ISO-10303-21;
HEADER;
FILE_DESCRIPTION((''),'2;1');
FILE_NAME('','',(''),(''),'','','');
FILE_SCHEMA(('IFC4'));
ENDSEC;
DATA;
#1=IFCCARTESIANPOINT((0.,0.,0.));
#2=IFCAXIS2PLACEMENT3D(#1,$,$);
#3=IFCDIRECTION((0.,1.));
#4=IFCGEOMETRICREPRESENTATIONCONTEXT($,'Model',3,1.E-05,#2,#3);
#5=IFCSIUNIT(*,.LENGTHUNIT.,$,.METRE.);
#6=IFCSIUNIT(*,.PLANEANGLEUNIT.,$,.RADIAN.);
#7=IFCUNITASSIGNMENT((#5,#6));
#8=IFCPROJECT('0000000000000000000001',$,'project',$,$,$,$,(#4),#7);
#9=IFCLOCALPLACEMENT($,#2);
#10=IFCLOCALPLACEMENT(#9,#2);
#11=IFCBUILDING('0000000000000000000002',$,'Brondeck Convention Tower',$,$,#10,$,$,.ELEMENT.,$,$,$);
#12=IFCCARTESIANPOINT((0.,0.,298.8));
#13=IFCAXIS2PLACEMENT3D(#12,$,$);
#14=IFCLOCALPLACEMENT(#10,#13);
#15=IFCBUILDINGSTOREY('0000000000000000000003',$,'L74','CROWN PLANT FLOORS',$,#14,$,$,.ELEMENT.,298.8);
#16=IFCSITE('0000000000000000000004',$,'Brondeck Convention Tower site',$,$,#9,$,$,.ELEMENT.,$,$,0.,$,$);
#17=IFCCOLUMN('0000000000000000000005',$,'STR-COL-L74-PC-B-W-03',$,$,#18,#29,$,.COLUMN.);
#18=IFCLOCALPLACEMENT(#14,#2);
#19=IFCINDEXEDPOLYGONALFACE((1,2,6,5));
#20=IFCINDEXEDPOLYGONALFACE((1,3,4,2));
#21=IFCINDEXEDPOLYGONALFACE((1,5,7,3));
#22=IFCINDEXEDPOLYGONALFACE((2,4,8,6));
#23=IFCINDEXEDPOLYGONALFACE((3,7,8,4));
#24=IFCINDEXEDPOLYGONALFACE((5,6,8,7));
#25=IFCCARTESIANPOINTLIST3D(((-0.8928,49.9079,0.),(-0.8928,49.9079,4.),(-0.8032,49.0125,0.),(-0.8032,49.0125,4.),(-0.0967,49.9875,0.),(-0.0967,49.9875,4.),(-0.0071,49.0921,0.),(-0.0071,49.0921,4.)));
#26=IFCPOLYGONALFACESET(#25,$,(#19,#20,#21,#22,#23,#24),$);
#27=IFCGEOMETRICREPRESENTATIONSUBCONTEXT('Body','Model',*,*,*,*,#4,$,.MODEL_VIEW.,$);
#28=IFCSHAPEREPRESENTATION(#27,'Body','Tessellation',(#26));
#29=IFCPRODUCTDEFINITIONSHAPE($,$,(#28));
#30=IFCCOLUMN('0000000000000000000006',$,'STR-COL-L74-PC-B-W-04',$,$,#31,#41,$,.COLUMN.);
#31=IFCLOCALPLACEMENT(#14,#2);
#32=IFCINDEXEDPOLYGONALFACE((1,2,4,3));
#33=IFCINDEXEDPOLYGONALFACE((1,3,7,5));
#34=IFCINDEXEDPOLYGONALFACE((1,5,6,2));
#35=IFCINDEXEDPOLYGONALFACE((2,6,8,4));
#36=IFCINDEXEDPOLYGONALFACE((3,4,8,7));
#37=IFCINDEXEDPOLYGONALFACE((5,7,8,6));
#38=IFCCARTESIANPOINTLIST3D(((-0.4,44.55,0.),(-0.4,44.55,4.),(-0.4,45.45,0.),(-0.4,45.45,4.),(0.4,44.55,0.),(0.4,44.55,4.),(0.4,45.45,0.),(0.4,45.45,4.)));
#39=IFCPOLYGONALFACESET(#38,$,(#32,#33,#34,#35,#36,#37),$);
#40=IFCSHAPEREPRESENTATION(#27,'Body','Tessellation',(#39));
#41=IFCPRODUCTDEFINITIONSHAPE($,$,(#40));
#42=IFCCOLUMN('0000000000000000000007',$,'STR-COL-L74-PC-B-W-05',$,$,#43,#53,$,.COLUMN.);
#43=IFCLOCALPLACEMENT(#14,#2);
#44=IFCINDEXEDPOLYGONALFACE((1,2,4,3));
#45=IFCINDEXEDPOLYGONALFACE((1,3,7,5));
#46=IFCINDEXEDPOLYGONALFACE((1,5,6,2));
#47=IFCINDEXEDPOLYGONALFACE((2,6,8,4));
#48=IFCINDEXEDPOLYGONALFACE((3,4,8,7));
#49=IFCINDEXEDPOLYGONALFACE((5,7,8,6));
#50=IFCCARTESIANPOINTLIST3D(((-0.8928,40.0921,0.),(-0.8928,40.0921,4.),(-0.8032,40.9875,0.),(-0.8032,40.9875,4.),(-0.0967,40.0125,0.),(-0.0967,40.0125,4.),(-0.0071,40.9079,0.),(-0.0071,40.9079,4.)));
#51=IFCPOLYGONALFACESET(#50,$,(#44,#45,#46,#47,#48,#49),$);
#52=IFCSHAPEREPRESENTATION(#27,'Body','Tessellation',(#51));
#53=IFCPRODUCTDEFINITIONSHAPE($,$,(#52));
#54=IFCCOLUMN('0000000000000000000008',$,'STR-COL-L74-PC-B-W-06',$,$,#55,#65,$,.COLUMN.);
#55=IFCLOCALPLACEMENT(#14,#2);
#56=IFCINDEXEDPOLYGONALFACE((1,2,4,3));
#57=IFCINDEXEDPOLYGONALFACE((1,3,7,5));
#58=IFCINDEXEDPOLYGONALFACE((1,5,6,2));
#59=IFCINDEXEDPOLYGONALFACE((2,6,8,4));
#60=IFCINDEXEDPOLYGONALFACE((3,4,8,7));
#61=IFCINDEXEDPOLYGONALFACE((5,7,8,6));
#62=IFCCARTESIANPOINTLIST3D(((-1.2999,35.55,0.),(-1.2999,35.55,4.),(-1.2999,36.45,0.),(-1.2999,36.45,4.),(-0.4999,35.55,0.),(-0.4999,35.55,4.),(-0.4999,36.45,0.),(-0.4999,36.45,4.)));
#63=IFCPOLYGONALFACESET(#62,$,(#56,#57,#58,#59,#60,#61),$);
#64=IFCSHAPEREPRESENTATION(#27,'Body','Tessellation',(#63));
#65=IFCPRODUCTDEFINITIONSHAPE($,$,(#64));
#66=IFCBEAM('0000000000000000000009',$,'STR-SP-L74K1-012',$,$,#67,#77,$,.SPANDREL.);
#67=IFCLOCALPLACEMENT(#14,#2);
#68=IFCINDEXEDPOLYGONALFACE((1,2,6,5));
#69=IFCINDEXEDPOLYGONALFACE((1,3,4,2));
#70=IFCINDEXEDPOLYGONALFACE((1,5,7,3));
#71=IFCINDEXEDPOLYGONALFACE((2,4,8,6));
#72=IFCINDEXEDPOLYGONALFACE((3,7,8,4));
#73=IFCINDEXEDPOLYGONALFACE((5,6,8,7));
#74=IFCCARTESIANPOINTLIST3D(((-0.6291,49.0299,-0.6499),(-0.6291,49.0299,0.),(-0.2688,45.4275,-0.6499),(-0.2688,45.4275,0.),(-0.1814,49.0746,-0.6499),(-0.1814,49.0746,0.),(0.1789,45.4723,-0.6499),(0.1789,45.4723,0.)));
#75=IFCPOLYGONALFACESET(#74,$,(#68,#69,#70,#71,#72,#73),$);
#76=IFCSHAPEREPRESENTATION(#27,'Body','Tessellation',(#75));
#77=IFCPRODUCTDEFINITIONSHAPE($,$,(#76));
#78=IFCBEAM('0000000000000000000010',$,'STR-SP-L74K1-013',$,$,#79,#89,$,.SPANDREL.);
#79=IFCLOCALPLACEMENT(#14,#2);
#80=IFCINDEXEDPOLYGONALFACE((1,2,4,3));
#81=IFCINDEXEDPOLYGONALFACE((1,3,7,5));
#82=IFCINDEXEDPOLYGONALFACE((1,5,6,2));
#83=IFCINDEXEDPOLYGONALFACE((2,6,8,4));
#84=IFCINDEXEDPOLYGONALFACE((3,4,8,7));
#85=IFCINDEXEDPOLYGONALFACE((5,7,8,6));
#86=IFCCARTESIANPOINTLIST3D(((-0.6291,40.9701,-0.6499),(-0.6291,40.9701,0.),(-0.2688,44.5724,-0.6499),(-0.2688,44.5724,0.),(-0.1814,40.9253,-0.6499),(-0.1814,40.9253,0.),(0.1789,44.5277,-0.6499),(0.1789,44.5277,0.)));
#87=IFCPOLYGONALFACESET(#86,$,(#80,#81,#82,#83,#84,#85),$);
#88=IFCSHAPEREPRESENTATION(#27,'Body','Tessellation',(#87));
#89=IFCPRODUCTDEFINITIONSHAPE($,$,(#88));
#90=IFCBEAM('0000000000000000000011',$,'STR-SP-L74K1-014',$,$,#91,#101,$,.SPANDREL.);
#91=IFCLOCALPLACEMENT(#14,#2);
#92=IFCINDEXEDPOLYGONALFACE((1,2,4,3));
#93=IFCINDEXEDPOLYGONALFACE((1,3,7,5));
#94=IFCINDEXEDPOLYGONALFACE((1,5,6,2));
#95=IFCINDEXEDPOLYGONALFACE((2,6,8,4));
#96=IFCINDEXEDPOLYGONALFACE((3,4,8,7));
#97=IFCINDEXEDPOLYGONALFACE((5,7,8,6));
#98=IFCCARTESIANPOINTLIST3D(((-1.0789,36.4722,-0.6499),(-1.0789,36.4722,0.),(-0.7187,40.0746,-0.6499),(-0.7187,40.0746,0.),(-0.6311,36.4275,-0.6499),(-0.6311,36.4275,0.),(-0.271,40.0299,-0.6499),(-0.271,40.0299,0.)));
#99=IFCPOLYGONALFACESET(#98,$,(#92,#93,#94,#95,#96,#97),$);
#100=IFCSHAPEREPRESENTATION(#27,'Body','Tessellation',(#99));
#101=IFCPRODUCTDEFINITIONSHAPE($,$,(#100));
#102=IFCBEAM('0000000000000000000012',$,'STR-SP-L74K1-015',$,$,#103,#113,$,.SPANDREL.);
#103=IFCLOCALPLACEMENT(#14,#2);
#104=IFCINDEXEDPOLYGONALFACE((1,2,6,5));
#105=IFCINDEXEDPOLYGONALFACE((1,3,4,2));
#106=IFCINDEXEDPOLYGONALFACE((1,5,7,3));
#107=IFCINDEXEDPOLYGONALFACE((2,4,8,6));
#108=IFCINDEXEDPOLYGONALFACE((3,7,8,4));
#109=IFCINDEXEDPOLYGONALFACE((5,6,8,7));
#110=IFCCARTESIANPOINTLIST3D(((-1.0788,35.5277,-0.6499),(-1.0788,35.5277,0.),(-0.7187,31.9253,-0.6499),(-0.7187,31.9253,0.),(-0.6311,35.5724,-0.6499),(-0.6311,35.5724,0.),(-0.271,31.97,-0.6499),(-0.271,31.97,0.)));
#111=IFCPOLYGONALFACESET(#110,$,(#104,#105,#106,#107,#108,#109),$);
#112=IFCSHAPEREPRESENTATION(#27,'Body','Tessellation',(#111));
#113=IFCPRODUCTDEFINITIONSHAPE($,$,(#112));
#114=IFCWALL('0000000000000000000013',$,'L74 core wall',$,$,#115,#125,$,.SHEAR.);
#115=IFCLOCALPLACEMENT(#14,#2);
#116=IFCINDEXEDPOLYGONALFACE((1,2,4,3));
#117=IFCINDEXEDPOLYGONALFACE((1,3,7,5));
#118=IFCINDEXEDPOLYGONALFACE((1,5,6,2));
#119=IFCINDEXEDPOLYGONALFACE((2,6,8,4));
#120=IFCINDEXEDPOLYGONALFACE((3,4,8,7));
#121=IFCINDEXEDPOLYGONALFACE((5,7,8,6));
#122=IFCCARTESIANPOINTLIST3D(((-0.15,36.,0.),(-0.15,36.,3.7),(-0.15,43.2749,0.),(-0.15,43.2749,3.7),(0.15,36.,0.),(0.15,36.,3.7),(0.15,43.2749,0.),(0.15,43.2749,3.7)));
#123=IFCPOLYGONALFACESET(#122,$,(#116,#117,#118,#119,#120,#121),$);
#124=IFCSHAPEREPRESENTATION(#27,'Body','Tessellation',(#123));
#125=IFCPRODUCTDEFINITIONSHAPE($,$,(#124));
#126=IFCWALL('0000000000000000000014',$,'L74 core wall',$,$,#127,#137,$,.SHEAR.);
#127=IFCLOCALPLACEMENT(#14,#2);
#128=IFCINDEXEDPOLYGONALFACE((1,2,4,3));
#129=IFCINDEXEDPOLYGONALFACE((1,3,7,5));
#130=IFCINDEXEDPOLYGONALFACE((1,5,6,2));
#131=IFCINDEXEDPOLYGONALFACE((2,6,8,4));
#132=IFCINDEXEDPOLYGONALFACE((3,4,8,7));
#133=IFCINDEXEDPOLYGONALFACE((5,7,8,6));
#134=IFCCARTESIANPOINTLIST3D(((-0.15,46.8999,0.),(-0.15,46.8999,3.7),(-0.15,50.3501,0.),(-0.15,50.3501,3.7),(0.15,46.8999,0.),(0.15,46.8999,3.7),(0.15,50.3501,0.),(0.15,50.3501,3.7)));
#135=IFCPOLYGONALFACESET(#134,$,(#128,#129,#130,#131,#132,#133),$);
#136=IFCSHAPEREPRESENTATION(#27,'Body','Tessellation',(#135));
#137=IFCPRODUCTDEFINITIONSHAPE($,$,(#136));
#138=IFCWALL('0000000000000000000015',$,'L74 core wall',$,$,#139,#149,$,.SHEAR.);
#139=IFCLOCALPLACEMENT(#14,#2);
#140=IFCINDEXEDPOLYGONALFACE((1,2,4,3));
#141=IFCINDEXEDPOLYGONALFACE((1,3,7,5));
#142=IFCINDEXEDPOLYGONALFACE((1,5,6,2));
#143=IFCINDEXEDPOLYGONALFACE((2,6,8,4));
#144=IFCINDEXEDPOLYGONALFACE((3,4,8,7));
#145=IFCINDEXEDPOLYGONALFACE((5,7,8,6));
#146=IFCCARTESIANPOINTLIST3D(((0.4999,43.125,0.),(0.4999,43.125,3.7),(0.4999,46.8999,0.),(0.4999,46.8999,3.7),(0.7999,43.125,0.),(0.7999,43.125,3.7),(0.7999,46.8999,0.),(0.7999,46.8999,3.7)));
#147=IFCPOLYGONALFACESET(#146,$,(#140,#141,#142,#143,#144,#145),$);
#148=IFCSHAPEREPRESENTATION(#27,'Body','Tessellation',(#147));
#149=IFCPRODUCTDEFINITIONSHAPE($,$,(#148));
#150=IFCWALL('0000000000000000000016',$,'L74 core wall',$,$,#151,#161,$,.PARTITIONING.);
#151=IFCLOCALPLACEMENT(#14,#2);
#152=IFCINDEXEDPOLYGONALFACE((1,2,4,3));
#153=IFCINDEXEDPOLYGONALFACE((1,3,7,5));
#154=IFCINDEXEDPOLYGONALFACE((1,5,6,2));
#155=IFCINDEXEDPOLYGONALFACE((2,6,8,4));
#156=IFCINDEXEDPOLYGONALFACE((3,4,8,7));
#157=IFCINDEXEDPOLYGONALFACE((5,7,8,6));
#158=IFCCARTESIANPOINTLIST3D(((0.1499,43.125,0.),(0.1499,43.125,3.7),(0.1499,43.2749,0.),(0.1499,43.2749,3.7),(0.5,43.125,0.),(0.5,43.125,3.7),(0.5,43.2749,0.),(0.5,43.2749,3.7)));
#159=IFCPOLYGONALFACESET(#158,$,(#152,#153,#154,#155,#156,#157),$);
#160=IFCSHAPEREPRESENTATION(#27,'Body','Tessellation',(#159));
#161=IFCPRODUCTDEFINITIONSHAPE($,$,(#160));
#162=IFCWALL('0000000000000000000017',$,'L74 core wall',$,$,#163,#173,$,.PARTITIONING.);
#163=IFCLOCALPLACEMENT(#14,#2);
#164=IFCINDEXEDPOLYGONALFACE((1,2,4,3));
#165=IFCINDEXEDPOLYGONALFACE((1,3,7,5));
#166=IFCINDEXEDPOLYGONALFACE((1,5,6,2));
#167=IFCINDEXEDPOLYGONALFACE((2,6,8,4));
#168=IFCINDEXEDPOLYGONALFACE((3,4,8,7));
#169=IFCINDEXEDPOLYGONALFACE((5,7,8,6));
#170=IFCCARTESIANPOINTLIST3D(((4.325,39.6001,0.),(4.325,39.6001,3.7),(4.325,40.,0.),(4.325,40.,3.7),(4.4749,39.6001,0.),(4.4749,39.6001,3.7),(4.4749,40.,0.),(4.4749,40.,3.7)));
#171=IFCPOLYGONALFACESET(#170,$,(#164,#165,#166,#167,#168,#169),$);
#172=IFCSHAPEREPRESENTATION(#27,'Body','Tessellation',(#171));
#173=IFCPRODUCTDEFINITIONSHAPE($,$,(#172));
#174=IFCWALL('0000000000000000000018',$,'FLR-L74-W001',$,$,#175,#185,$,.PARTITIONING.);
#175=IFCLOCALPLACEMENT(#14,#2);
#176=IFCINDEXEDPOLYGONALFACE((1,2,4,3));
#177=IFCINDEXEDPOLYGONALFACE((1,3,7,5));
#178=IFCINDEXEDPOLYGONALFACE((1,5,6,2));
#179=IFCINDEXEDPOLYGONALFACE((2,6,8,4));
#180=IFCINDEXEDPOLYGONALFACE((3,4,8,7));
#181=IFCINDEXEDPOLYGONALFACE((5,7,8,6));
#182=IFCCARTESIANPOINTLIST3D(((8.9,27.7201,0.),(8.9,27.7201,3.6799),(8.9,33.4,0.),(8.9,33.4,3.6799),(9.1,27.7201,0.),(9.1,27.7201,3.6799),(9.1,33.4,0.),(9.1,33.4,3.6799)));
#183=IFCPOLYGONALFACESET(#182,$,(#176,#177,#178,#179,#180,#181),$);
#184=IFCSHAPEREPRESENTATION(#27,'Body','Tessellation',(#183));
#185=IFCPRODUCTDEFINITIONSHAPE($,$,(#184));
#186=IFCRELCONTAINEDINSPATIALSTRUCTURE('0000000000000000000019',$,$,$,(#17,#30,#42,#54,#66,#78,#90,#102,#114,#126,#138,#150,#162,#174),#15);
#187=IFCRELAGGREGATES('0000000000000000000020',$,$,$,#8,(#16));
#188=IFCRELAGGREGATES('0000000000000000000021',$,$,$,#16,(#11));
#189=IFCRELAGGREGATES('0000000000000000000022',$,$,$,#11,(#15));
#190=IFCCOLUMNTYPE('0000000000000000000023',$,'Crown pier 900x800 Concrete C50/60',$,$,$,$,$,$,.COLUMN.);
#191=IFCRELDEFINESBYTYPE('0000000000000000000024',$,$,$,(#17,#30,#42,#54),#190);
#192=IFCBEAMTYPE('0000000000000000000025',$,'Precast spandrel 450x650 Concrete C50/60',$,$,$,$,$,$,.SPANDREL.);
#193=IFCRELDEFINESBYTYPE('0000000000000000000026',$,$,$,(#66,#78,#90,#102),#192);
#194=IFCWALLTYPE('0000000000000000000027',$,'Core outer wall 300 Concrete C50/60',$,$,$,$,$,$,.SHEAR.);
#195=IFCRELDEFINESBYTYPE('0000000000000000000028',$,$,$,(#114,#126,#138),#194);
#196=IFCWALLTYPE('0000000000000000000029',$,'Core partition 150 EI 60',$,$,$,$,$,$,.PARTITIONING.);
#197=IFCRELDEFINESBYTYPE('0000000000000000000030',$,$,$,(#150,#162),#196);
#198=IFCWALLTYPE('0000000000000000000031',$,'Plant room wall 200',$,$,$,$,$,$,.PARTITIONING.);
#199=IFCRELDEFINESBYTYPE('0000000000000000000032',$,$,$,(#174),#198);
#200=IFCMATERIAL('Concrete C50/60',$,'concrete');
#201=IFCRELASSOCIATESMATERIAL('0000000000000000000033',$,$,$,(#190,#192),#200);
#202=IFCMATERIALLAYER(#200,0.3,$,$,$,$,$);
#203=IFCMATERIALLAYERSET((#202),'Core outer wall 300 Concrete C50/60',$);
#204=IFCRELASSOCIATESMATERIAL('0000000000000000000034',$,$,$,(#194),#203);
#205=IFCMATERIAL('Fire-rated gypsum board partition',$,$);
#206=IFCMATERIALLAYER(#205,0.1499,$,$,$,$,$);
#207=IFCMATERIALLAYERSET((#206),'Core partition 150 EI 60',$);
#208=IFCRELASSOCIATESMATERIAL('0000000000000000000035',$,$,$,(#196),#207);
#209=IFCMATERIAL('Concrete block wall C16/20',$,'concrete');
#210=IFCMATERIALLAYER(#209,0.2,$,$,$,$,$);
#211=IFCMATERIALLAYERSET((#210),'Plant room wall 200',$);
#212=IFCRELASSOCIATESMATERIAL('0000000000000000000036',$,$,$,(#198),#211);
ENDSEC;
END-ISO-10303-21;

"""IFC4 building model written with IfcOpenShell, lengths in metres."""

from ifc_helpers import new_model, si_unit, direction, frame, frame_2d, origin, origin_2d, place, context, subcontext, project, spatial, rectangle, extrude, material, layer, layer_set, material_profile, profile_set, type_object, element, save


model = new_model("IFC4")

# Units and contexts
model_context = context("Model", 3, precision=1e-05, world=origin(), true_north=direction((0.0, 1.0)))
body_context = subcontext(model_context, "Body", "Model", "MODEL_VIEW")
ifc_project = project(units=[si_unit("LENGTHUNIT", "METRE"), si_unit("PLANEANGLEUNIT", "RADIAN")], contexts=[model_context])

# Site, building, storey
site_placement = place(None, origin())
site = spatial("IfcSite", under=ifc_project, at=site_placement, Name="Brondeck Convention Tower site", CompositionType="ELEMENT", RefElevation=0.0)
building_placement = place(site_placement, origin())
building = spatial("IfcBuilding", under=site, at=building_placement, Name="Brondeck Convention Tower", CompositionType="ELEMENT")
storey_placement = place(building_placement, frame((0.0, 0.0, 298.8)))
storey = spatial("IfcBuildingStorey", under=building, at=storey_placement, Name="L74", Description="CROWN PLANT FLOORS", CompositionType="ELEMENT", Elevation=298.8)

# Columns
ifc_material_1 = material(Name="Concrete C50/60", Category="concrete")
ifc_material_profile_1 = material_profile(ifc_material_1, rectangle(XDim=0.8999, YDim=0.8, at=origin_2d()), Name="Crown pier 900x800 Concrete C50/60")
ifc_profile_set_1 = profile_set([ifc_material_profile_1], Name="Concrete C50/60")
column_type = type_object("IfcColumnType", Name="Crown pier 900x800 Concrete C50/60", PredefinedType="COLUMN", material=ifc_profile_set_1)
for number, where, z_axis, x_axis, name in (
    (1, (-0.45, 49.5, 0.0), (0.0, 0.0, 1.0), (0.099504, -0.995037, 0.0), "STR-COL-L74-PC-B-W-03"),
    (2, (0.0, 45.0, 0.0), (0.0, 0.0, 1.0), (0.0, -1.0, 0.0), "STR-COL-L74-PC-B-W-04"),
    (3, (-0.45, 40.5, 0.0), (0.0, 0.0, 1.0), (-0.099504, -0.995037, 0.0), "STR-COL-L74-PC-B-W-05"),
    (4, (-0.8999, 36.0, 0.0), (0.0, 0.0, 1.0), (0.0, -1.0, 0.0), "STR-COL-L74-PC-B-W-06"),
):
    element("IfcColumn", number, at=place(storey_placement, frame(where, z_axis=z_axis, x_axis=x_axis)), inside=storey, type_object=column_type, Name=name, PredefinedType="COLUMN", context=body_context, shape_type="SweptSolid", body=[
        extrude(rectangle(XDim=0.8999, YDim=0.8, at=origin_2d()), origin(), (0.0, 0.0, 1.0), 4.0),
    ])

# Beams
ifc_material_profile_2 = material_profile(ifc_material_1, rectangle(XDim=0.45, YDim=0.6499, at=origin_2d()), Name="Precast spandrel 450x650 Concrete C50/60")
ifc_profile_set_2 = profile_set([ifc_material_profile_2], Name="Concrete C50/60")
beam_type = type_object("IfcBeamType", Name="Precast spandrel 450x650 Concrete C50/60", PredefinedType="SPANDREL", material=ifc_profile_set_2)
for number, where, z_axis, x_axis, name in (
    (5, (-0.4053, 49.0522, -0.325), (0.099537, -0.995034, 0.0), (0.995034, 0.099537, 0.0), "STR-SP-L74K1-012"),
    (6, (-0.0449, 44.55, -0.325), (-0.099537, -0.995034, 0.0), (0.995034, -0.099537, 0.0), "STR-SP-L74K1-013"),
    (7, (-0.4949, 40.0522, -0.325), (-0.09947, -0.995041, 0.0), (0.995041, -0.09947, 0.0), "STR-SP-L74K1-014"),
    (8, (-0.855, 35.55, -0.325), (0.09947, -0.995041, 0.0), (0.995041, 0.09947, 0.0), "STR-SP-L74K1-015"),
):
    element("IfcBeam", number, at=place(storey_placement, frame(where, z_axis=z_axis, x_axis=x_axis)), inside=storey, type_object=beam_type, Name=name, PredefinedType="SPANDREL", context=body_context, shape_type="SweptSolid", body=[
        extrude(rectangle(XDim=0.45, YDim=0.6499, at=origin_2d()), origin(), (0.0, 0.0, 1.0), 3.6204),
    ])

# Walls
ifc_layer_1 = layer(ifc_material_1, 0.3)
ifc_layer_set_1 = layer_set([ifc_layer_1], Name="Core outer wall 300 Concrete C50/60")
wall_type_1 = type_object("IfcWallType", Name="Core outer wall 300 Concrete C50/60", PredefinedType="SHEAR", material=ifc_layer_set_1)
wall_1_placement = place(storey_placement, frame((0.0, 36.0, 0.0), z_axis=(0.0, 0.0, 1.0), x_axis=(0.0, 1.0, 0.0)))
element("IfcWall", 9, at=wall_1_placement, inside=storey, type_object=wall_type_1, Name="L74 core wall", PredefinedType="SHEAR", context=body_context, shape_type="SweptSolid", body=[
    extrude(rectangle(XDim=7.2749, YDim=0.3, at=frame_2d((3.6375, 0.0))), origin(), (0.0, 0.0, 1.0), 3.7),
])
wall_2_placement = place(storey_placement, frame((0.0, 46.8999, 0.0), z_axis=(0.0, 0.0, 1.0), x_axis=(0.0, 1.0, 0.0)))
element("IfcWall", 10, at=wall_2_placement, inside=storey, type_object=wall_type_1, Name="L74 core wall", PredefinedType="SHEAR", context=body_context, shape_type="SweptSolid", body=[
    extrude(rectangle(XDim=3.4502, YDim=0.3, at=frame_2d((1.7251, 0.0))), origin(), (0.0, 0.0, 1.0), 3.7),
])
wall_3_placement = place(storey_placement, frame((0.6499, 43.125, 0.0), z_axis=(0.0, 0.0, 1.0), x_axis=(0.0, 1.0, 0.0)))
element("IfcWall", 11, at=wall_3_placement, inside=storey, type_object=wall_type_1, Name="L74 core wall", PredefinedType="SHEAR", context=body_context, shape_type="SweptSolid", body=[
    extrude(rectangle(XDim=3.7749, YDim=0.3, at=frame_2d((1.8875, 0.0))), origin(), (0.0, 0.0, 1.0), 3.7),
])
ifc_material_2 = material(Name="Fire-rated gypsum board partition")
ifc_layer_2 = layer(ifc_material_2, 0.1499)
ifc_layer_set_2 = layer_set([ifc_layer_2], Name="Core partition 150 EI 60")
wall_type_2 = type_object("IfcWallType", Name="Core partition 150 EI 60", PredefinedType="PARTITIONING", material=ifc_layer_set_2)
wall_4_placement = place(storey_placement, frame((0.1499, 43.2, 0.0), z_axis=(0.0, 0.0, 1.0), x_axis=(1.0, 0.0, 0.0)))
element("IfcWall", 12, at=wall_4_placement, inside=storey, type_object=wall_type_2, Name="L74 core wall", PredefinedType="PARTITIONING", context=body_context, shape_type="SweptSolid", body=[
    extrude(rectangle(XDim=0.3501, YDim=0.1499, at=frame_2d((0.175, 0.0))), origin(), (0.0, 0.0, 1.0), 3.7),
])
wall_5_placement = place(storey_placement, frame((4.3999, 39.6001, 0.0), z_axis=(0.0, 0.0, 1.0), x_axis=(0.0, 1.0, 0.0)))
element("IfcWall", 13, at=wall_5_placement, inside=storey, type_object=wall_type_2, Name="L74 core wall", PredefinedType="PARTITIONING", context=body_context, shape_type="SweptSolid", body=[
    extrude(rectangle(XDim=0.3999, YDim=0.1499, at=frame_2d((0.2, 0.0))), origin(), (0.0, 0.0, 1.0), 3.7),
])
ifc_material_3 = material(Name="Concrete block wall C16/20", Category="concrete")
ifc_layer_3 = layer(ifc_material_3, 0.2)
ifc_layer_set_3 = layer_set([ifc_layer_3], Name="Plant room wall 200")
wall_type_3 = type_object("IfcWallType", Name="Plant room wall 200", PredefinedType="PARTITIONING", material=ifc_layer_set_3)
wall_6_placement = place(storey_placement, frame((9.0, 33.3999, 0.0), z_axis=(0.0, 0.0, 1.0), x_axis=(0.0, -1.0, 0.0)))
element("IfcWall", 14, at=wall_6_placement, inside=storey, type_object=wall_type_3, Name="FLR-L74-W001", PredefinedType="PARTITIONING", context=body_context, shape_type="SweptSolid", body=[
    extrude(rectangle(XDim=5.6799, YDim=0.2, at=frame_2d((2.8398, 0.0))), origin(), (0.0, 0.0, 1.0), 3.6799),
])

save(model, "model.ifc")
